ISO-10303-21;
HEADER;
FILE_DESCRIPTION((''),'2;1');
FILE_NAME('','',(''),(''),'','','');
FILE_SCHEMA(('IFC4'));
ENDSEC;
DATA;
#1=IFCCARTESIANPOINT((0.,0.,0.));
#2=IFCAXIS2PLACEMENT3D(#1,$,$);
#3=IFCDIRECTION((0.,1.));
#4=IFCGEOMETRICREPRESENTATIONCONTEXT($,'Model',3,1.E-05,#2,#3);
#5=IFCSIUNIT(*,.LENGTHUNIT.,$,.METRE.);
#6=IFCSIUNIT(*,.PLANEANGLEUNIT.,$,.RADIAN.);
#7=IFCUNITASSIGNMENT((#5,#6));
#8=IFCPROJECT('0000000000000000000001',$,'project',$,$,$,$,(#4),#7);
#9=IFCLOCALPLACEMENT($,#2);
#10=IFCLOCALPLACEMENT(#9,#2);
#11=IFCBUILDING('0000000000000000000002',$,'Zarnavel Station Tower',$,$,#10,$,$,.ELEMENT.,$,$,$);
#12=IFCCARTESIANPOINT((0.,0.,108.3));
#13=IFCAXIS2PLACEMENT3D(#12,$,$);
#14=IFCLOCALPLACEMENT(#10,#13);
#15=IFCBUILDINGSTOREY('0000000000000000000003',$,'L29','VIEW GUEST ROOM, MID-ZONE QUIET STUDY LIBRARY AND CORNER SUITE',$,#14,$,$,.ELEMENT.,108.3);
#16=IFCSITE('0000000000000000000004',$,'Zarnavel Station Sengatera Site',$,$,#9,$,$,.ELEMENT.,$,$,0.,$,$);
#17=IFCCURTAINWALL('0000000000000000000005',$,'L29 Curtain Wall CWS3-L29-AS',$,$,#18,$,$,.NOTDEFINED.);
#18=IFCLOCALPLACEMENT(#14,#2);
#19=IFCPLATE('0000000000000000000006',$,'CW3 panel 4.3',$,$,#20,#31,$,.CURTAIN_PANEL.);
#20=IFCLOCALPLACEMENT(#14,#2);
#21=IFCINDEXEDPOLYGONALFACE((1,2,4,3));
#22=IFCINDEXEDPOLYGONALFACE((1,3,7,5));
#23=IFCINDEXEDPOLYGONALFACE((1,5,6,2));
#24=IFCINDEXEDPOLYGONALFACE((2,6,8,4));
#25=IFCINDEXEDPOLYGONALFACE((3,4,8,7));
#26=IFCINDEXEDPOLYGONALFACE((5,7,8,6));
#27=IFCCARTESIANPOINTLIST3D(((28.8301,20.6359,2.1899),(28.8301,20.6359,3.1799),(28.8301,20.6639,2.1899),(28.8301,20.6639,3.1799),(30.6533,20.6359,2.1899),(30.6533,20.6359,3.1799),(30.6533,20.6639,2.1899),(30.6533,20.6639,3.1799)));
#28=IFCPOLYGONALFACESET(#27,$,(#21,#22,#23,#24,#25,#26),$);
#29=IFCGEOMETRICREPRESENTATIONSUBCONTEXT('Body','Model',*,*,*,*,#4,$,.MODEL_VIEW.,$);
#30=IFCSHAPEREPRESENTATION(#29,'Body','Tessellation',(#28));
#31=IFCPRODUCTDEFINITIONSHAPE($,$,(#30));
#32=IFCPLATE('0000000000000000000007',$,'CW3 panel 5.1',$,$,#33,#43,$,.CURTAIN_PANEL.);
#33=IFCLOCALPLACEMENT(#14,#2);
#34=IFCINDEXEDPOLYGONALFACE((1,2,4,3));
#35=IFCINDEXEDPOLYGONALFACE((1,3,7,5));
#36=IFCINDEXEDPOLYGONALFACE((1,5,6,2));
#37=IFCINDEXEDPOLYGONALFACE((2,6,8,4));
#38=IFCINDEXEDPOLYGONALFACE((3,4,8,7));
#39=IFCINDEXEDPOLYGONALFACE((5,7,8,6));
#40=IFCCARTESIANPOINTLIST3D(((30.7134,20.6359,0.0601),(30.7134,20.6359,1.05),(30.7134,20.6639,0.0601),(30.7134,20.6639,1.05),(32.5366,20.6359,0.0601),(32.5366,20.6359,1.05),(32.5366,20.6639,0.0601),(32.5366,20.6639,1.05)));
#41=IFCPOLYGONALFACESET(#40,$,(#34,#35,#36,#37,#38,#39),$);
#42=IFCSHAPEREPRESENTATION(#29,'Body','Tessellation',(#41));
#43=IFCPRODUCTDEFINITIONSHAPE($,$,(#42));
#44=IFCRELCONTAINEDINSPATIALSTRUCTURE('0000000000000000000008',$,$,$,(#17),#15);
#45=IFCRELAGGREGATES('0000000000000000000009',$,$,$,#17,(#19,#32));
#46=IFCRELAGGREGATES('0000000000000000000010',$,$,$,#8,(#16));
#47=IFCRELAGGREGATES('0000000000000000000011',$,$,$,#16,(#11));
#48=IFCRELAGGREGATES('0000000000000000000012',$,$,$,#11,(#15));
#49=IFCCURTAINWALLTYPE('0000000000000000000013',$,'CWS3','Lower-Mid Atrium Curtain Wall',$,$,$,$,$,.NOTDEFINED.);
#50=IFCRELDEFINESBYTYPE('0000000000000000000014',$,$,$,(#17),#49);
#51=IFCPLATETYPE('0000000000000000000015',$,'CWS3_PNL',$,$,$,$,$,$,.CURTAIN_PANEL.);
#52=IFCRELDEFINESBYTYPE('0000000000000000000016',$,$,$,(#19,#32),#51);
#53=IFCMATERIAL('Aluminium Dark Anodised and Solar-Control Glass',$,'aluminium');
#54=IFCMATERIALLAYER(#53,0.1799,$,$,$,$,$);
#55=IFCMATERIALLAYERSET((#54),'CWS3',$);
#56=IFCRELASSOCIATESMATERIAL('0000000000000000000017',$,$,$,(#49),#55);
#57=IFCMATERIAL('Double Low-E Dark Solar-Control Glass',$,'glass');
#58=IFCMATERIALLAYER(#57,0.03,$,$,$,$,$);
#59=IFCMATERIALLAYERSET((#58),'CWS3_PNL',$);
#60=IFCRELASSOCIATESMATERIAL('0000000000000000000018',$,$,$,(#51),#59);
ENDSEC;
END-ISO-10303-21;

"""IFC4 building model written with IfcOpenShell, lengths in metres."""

from ifc_helpers import new_model, si_unit, direction, frame, origin, origin_2d, place, context, subcontext, project, spatial, rectangle, extrude, material, layer, layer_set, type_object, element, aggregate, save


model = new_model("IFC4")

# Units and contexts
model_context = context("Model", 3, precision=1e-05, world=origin(), true_north=direction((0.0, 1.0)))
body_context = subcontext(model_context, "Body", "Model", "MODEL_VIEW")
ifc_project = project(units=[si_unit("LENGTHUNIT", "METRE"), si_unit("PLANEANGLEUNIT", "RADIAN")], contexts=[model_context])

# Site, building, storey
site_placement = place(None, origin())
site = spatial("IfcSite", under=ifc_project, at=site_placement, Name="Zarnavel Station Sengatera Site", CompositionType="ELEMENT", RefElevation=0.0)
building_placement = place(site_placement, origin())
building = spatial("IfcBuilding", under=site, at=building_placement, Name="Zarnavel Station Tower", CompositionType="ELEMENT")
storey_placement = place(building_placement, frame((0.0, 0.0, 108.3)))
storey = spatial("IfcBuildingStorey", under=building, at=storey_placement, Name="L29", Description="VIEW GUEST ROOM, MID-ZONE QUIET STUDY LIBRARY AND CORNER SUITE", CompositionType="ELEMENT", Elevation=108.3)

# Curtain wall
ifc_material_1 = material(Name="Aluminium Dark Anodised and Solar-Control Glass", Category="aluminium")
ifc_layer_1 = layer(ifc_material_1, 0.1799)
ifc_layer_set_1 = layer_set([ifc_layer_1], Name="CWS3")
curtain_wall_type = type_object("IfcCurtainWallType", Name="CWS3", Description="Lower-Mid Atrium Curtain Wall", PredefinedType="NOTDEFINED", material=ifc_layer_set_1)
curtain_wall_placement = place(storey_placement, origin())
curtain_wall = element("IfcCurtainWall", 1, at=curtain_wall_placement, inside=storey, type_object=curtain_wall_type, Name="L29 Curtain Wall CWS3-L29-AS", PredefinedType="NOTDEFINED")

# Plates
ifc_material_2 = material(Name="Double Low-E Dark Solar-Control Glass", Category="glass")
ifc_layer_2 = layer(ifc_material_2, 0.03)
ifc_layer_set_2 = layer_set([ifc_layer_2], Name="CWS3_PNL")
plate_type = type_object("IfcPlateType", Name="CWS3_PNL", PredefinedType="CURTAIN_PANEL", material=ifc_layer_set_2)
plate_1_placement = place(storey_placement, frame((29.7417, 20.6499, 2.1899), z_axis=(0.0, 0.0, 1.0), x_axis=(1.0, 0.0, 0.0)))
plate_1 = element("IfcPlate", 2, at=plate_1_placement, type_object=plate_type, Name="CW3 panel 4.3", PredefinedType="CURTAIN_PANEL", context=body_context, shape_type="SweptSolid", body=[
    extrude(rectangle(XDim=1.8232, YDim=0.0281, at=origin_2d()), origin(), (0.0, 0.0, 1.0), 0.99),
])
plate_2_placement = place(storey_placement, frame((31.625, 20.6499, 0.0601), z_axis=(0.0, 0.0, 1.0), x_axis=(1.0, 0.0, 0.0)))
plate_2 = element("IfcPlate", 3, at=plate_2_placement, type_object=plate_type, Name="CW3 panel 5.1", PredefinedType="CURTAIN_PANEL", context=body_context, shape_type="SweptSolid", body=[
    extrude(rectangle(XDim=1.8232, YDim=0.0281, at=origin_2d()), origin(), (0.0, 0.0, 1.0), 0.99),
])
aggregate(curtain_wall, [plate_1, plate_2])

save(model, "model.ifc")
